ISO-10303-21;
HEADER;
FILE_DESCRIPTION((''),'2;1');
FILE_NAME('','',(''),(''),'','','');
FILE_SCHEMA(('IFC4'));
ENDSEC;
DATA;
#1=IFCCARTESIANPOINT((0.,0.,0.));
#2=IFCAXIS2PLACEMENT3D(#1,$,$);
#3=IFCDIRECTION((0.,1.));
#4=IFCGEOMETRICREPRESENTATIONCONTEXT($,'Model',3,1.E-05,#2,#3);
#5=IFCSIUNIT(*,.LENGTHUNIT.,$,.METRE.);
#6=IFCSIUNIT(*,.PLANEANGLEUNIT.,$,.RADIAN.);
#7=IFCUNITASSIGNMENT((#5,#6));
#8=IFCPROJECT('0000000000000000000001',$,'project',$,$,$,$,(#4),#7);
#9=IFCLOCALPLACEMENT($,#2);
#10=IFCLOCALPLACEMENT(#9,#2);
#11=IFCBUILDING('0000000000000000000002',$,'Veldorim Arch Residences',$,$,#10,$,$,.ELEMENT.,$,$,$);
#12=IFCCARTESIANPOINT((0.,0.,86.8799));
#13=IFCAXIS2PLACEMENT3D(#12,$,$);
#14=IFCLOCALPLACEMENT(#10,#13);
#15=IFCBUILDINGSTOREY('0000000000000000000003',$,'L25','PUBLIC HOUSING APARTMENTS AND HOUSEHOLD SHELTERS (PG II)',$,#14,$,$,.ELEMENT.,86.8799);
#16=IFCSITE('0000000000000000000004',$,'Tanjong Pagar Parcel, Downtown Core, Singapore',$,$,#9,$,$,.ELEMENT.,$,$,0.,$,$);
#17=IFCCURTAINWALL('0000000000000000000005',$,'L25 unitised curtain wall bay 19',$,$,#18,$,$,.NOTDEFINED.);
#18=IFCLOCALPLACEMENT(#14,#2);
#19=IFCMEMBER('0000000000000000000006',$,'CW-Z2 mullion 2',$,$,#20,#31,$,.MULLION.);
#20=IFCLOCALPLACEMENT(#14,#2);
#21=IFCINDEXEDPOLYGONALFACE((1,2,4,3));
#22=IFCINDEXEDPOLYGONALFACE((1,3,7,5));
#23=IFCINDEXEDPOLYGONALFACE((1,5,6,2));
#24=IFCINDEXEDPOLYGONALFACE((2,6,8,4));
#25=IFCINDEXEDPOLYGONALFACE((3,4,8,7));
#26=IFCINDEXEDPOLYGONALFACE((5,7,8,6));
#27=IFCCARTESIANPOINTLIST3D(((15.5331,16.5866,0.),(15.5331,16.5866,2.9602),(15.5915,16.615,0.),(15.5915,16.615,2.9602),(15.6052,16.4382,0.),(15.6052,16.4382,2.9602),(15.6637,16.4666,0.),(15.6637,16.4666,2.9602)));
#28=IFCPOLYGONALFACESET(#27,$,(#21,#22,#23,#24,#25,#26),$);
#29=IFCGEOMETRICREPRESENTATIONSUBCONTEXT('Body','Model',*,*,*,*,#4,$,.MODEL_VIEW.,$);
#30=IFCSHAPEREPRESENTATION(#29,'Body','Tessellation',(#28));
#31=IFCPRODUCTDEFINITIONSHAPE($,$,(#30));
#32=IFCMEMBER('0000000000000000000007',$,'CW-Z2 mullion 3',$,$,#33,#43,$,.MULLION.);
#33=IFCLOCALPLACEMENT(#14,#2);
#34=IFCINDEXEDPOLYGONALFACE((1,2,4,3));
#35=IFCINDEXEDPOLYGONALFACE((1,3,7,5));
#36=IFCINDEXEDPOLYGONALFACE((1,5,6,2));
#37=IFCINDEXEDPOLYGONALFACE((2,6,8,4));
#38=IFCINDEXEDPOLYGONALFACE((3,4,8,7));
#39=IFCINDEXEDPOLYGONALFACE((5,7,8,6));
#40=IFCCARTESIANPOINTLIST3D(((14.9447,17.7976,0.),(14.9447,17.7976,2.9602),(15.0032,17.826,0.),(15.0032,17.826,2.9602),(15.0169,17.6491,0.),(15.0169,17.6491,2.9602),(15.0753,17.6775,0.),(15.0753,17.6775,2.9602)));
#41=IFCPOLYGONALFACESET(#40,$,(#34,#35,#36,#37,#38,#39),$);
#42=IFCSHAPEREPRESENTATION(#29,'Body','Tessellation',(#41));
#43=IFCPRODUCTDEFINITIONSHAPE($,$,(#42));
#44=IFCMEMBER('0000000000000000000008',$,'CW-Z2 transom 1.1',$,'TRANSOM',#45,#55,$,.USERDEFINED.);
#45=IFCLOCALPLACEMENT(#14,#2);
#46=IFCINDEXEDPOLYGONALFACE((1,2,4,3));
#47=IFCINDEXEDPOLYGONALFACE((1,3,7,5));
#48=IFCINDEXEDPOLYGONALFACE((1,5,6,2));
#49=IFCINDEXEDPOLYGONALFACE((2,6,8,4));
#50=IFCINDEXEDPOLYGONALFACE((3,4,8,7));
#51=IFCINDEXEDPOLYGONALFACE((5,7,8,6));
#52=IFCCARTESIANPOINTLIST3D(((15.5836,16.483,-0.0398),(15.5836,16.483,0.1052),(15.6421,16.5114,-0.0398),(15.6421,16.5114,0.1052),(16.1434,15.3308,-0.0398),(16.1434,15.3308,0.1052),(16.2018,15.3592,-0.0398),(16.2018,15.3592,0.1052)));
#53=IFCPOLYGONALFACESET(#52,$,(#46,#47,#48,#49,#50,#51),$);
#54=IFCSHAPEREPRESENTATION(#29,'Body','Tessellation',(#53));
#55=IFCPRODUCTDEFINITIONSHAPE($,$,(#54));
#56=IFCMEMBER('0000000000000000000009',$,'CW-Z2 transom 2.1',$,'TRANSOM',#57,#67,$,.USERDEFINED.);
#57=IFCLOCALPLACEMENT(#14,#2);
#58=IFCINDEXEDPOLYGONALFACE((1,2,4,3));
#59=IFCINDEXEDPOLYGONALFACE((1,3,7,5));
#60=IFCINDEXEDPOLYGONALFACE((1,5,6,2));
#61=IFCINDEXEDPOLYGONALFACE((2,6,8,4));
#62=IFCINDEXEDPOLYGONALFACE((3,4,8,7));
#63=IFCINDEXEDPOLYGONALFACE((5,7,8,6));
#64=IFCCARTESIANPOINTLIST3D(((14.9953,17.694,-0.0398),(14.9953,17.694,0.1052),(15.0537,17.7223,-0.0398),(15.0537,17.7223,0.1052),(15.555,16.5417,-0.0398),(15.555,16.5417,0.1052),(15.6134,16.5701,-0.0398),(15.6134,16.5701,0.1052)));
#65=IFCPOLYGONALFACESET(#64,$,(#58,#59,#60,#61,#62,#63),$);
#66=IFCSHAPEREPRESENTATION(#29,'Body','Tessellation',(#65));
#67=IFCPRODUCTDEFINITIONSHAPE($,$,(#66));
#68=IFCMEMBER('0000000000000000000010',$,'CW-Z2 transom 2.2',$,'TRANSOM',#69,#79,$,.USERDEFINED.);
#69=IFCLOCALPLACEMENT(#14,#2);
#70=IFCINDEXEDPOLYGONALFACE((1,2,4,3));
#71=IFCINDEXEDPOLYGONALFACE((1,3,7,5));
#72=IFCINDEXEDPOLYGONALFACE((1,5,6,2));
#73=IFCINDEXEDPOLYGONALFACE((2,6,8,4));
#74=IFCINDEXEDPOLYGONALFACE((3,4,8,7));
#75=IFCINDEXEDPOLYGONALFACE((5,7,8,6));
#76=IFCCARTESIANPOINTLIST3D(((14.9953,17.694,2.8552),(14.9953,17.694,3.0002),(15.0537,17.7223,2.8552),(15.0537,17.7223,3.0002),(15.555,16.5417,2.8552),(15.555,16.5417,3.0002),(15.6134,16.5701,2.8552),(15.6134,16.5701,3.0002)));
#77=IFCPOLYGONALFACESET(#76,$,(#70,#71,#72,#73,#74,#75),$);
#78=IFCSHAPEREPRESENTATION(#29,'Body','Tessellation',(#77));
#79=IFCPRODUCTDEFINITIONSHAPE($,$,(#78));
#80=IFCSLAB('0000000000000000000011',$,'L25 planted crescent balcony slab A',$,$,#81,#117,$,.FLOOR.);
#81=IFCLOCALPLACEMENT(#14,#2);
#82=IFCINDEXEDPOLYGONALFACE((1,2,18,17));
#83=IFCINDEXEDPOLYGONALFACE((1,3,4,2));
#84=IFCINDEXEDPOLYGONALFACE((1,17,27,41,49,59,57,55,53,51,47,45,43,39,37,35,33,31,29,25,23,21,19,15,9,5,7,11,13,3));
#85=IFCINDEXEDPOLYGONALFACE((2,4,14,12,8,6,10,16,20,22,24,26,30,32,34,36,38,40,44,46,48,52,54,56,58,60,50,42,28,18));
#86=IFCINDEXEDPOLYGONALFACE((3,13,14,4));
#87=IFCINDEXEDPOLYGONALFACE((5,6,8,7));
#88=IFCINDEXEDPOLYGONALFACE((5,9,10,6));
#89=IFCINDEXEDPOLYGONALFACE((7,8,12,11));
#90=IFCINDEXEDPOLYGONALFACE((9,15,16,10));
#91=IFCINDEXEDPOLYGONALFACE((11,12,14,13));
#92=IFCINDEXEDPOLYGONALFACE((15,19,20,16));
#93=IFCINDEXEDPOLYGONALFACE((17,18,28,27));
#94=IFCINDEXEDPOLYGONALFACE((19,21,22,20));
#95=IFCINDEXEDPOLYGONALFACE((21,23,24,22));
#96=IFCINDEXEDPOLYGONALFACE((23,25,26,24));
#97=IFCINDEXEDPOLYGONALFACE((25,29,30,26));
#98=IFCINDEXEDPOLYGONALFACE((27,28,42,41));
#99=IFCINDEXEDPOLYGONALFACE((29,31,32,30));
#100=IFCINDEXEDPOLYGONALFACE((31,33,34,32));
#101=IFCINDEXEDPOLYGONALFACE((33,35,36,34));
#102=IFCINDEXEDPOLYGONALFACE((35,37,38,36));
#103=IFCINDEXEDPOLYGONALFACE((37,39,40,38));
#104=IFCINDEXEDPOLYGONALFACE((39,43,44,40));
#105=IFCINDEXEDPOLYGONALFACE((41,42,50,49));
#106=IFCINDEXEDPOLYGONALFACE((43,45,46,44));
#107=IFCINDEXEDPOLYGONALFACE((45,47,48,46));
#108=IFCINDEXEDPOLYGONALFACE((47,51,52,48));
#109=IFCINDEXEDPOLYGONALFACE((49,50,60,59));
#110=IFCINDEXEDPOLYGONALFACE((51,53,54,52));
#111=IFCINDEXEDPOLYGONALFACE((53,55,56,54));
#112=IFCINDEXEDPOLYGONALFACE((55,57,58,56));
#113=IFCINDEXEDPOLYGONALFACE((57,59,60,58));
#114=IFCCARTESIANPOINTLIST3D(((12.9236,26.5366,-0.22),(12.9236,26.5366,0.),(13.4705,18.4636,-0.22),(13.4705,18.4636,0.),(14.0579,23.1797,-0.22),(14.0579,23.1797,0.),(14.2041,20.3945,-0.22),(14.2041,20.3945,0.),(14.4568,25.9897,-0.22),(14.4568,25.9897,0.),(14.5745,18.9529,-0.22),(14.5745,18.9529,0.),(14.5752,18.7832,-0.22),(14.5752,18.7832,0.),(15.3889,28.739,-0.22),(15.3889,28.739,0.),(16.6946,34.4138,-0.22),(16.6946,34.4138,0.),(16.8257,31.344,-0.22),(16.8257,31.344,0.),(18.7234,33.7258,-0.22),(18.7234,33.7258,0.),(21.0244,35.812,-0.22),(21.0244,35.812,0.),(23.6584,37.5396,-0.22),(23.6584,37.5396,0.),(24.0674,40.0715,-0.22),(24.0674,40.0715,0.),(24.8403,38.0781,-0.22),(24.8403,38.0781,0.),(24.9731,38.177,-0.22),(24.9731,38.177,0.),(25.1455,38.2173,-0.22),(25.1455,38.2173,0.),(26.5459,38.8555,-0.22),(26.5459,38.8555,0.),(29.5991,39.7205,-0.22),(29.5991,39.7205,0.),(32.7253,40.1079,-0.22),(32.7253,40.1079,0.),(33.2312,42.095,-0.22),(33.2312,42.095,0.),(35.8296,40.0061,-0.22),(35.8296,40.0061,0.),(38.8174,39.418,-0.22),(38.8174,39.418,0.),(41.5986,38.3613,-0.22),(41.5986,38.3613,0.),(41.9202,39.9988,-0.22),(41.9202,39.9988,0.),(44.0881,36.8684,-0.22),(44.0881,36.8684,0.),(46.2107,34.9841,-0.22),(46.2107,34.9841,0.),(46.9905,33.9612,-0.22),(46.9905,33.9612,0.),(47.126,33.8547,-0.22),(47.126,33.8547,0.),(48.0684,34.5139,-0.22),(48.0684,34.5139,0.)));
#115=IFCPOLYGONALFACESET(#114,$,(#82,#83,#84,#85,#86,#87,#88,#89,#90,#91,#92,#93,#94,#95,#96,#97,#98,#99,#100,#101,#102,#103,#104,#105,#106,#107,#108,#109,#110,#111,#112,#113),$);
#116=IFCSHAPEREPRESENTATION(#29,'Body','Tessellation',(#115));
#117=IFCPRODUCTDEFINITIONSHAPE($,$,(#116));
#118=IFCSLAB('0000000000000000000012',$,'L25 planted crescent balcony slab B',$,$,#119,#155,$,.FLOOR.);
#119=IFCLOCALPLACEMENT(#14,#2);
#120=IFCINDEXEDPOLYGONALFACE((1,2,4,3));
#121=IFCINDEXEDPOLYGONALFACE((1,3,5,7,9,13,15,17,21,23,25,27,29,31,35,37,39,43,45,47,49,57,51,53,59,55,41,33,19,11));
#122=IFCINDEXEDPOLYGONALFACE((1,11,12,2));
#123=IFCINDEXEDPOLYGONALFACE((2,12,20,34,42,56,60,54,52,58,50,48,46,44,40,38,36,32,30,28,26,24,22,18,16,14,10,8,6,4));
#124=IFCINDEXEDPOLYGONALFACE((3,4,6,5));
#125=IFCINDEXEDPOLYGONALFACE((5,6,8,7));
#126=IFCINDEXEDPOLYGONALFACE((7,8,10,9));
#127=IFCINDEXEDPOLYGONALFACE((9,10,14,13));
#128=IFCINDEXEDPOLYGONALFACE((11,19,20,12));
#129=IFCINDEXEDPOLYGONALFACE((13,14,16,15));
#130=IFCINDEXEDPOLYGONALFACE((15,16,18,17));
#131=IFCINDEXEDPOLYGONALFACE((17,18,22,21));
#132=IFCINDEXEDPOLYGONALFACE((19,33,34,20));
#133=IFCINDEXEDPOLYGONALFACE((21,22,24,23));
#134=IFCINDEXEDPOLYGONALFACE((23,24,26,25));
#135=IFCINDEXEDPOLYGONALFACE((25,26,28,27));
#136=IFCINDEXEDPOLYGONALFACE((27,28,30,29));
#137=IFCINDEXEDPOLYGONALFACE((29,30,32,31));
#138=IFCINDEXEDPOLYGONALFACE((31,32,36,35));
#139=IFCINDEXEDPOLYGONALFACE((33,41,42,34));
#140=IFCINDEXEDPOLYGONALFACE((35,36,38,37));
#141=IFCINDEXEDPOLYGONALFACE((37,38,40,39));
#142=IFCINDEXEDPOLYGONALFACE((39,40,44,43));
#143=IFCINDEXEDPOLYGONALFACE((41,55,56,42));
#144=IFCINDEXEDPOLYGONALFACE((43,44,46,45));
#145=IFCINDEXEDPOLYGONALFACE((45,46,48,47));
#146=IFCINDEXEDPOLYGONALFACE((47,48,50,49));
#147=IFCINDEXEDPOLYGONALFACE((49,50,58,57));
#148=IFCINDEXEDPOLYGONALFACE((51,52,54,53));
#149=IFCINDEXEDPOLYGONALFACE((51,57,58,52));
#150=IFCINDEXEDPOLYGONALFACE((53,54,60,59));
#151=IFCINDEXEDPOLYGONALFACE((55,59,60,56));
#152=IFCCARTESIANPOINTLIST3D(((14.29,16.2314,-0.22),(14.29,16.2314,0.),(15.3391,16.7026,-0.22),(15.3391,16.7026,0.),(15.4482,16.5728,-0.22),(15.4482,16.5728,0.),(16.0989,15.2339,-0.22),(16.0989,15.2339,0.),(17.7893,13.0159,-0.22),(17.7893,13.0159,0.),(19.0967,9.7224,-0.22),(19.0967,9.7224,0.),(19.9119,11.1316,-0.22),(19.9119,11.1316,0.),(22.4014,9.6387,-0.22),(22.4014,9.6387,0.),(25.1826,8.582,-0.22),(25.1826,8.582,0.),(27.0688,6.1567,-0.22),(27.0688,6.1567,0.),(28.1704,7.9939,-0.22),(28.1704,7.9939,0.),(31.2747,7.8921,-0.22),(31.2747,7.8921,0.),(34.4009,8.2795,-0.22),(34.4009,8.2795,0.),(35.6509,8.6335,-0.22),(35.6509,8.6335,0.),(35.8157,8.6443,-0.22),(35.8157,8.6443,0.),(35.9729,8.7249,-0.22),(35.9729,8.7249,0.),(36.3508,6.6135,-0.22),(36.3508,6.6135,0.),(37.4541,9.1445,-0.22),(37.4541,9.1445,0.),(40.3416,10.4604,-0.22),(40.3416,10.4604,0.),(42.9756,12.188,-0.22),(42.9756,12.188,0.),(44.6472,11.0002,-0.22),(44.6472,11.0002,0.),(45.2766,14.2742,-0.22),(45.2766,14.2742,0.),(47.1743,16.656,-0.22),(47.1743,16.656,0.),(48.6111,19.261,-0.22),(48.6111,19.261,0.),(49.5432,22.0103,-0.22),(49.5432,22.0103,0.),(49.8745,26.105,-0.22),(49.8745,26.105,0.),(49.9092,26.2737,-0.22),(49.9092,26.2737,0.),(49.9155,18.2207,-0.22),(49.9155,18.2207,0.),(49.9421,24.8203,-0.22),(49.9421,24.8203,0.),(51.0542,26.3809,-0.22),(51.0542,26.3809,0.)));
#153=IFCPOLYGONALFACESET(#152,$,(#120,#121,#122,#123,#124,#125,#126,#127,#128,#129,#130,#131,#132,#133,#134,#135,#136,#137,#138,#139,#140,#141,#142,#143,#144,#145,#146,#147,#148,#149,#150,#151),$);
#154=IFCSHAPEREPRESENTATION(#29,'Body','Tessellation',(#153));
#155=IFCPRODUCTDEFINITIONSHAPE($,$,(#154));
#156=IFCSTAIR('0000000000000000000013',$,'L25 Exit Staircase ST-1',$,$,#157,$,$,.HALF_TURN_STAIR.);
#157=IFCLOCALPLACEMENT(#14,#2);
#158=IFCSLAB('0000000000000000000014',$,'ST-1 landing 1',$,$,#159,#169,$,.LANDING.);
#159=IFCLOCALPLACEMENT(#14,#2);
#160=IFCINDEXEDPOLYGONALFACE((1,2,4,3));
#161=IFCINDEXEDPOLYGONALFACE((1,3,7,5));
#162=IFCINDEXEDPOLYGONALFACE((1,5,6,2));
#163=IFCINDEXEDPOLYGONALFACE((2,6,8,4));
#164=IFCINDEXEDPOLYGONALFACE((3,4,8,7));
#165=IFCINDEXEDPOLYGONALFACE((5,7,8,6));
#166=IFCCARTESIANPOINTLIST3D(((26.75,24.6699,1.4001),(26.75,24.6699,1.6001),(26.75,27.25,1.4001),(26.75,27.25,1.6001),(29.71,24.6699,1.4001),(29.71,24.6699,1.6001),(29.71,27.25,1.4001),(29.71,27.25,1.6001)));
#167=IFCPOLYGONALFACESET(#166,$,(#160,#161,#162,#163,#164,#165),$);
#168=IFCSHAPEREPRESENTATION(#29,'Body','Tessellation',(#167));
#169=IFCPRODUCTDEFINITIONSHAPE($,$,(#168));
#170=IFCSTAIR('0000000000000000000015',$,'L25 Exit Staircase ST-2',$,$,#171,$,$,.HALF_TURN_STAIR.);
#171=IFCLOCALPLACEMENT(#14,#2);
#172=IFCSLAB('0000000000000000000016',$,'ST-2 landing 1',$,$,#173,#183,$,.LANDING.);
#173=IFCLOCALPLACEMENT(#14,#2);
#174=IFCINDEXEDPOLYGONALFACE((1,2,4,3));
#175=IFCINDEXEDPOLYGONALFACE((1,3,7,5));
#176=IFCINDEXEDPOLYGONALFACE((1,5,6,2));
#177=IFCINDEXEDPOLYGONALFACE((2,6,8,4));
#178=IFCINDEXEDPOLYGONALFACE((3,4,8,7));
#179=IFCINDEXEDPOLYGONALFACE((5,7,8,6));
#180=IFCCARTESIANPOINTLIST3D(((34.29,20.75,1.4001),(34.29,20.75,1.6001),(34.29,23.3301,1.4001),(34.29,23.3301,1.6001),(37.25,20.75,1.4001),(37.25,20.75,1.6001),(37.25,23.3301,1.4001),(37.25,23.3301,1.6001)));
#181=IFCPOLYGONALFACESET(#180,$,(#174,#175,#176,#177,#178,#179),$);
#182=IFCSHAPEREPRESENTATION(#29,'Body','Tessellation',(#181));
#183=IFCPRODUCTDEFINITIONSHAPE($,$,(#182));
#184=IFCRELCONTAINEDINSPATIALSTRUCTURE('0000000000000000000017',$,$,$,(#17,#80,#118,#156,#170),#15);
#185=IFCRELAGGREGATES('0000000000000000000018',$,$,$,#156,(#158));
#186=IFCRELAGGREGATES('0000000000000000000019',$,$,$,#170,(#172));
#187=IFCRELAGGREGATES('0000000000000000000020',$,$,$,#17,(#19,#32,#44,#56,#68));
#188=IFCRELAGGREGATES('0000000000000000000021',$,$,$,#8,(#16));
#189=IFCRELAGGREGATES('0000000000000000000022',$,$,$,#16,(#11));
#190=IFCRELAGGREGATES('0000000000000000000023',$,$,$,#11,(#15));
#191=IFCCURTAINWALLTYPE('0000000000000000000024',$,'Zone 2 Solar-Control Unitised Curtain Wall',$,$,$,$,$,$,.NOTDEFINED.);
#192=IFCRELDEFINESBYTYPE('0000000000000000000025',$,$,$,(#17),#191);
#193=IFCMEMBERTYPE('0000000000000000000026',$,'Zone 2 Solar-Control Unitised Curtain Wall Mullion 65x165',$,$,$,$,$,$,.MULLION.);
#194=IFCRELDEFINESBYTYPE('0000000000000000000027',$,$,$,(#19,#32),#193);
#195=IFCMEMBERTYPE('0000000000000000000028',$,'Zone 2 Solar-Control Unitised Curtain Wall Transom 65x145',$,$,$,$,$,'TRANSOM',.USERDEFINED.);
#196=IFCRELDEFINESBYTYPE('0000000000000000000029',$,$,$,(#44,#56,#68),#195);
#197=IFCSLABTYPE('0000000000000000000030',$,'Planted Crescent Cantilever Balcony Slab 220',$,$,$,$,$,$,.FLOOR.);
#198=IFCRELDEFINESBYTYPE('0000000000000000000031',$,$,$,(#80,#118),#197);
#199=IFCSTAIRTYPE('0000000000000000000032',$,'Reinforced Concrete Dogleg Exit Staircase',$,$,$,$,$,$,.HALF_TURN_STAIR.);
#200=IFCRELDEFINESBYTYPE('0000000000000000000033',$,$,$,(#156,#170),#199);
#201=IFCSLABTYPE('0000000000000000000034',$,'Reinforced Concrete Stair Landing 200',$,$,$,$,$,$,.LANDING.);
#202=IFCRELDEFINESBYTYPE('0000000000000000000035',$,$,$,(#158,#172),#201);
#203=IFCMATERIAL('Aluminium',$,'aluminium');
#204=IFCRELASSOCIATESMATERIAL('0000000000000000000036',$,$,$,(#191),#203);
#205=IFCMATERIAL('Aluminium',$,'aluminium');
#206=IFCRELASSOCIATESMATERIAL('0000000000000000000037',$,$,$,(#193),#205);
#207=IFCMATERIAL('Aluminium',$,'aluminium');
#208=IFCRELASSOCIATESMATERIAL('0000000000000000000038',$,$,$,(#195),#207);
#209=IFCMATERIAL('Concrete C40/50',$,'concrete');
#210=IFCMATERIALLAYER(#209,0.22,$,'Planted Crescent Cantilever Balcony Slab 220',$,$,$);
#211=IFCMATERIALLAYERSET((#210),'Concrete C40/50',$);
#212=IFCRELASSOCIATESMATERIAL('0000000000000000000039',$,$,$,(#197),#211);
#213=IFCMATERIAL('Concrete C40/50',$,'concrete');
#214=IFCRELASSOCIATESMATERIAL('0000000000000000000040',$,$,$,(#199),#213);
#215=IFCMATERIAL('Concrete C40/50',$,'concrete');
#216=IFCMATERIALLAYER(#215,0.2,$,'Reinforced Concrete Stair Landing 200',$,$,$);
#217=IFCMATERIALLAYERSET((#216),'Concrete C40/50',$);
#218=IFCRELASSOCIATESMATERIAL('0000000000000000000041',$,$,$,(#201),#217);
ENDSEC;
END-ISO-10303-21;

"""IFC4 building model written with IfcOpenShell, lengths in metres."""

from ifc_helpers import new_model, si_unit, direction, frame, origin, origin_2d, place, context, subcontext, project, spatial, polyline, rectangle, outline, extrude, material, layer, layer_set, material_profile, profile_set, type_object, element, aggregate, save


model = new_model("IFC4")

# Units and contexts
model_context = context("Model", 3, precision=1e-05, world=origin(), true_north=direction((0.0, 1.0)))
body_context = subcontext(model_context, "Body", "Model", "MODEL_VIEW")
ifc_project = project(units=[si_unit("LENGTHUNIT", "METRE"), si_unit("PLANEANGLEUNIT", "RADIAN")], contexts=[model_context])

# Site, building, storey
site_placement = place(None, origin())
site = spatial("IfcSite", under=ifc_project, at=site_placement, Name="Tanjong Pagar Parcel, Downtown Core, Singapore", CompositionType="ELEMENT", RefElevation=0.0)
building_placement = place(site_placement, origin())
building = spatial("IfcBuilding", under=site, at=building_placement, Name="Veldorim Arch Residences", CompositionType="ELEMENT")
storey_placement = place(building_placement, frame((0.0, 0.0, 86.8799)))
storey = spatial("IfcBuildingStorey", under=building, at=storey_placement, Name="L25", Description="PUBLIC HOUSING APARTMENTS AND HOUSEHOLD SHELTERS (PG II)", CompositionType="ELEMENT", Elevation=86.8799)

# Curtain wall, members
ifc_material_1 = material(Name="Aluminium", Category="aluminium")
curtain_wall_type = type_object("IfcCurtainWallType", Name="Zone 2 Solar-Control Unitised Curtain Wall", PredefinedType="NOTDEFINED", material=ifc_material_1)
curtain_wall_placement = place(storey_placement, origin())
curtain_wall = element("IfcCurtainWall", 1, at=curtain_wall_placement, inside=storey, type_object=curtain_wall_type, Name="L25 unitised curtain wall bay 19", PredefinedType="NOTDEFINED")
ifc_material_2 = material(Name="Aluminium", Category="aluminium")
ifc_material_profile_1 = material_profile(ifc_material_2, rectangle(XDim=0.0649, YDim=0.165, at=origin_2d()), Name="ALU_MUL_65x165")
ifc_profile_set_1 = profile_set([ifc_material_profile_1], Name="Aluminium")
member_type_1 = type_object("IfcMemberType", Name="Zone 2 Solar-Control Unitised Curtain Wall Mullion 65x165", PredefinedType="MULLION", material=ifc_profile_set_1)
member_1_placement = place(storey_placement, frame((15.5984, 16.5266, 0.0), z_axis=(0.0, 0.0, 1.0), x_axis=(-0.899439, -0.437046, 0.0)))
member_1 = element("IfcMember", 2, at=member_1_placement, type_object=member_type_1, Name="CW-Z2 mullion 2", PredefinedType="MULLION", context=body_context, shape_type="SweptSolid", body=[
    extrude(rectangle(XDim=0.0649, YDim=0.165, at=origin_2d()), origin(), (0.0, 0.0, 1.0), 2.9602),
])
member_2_placement = place(storey_placement, frame((15.01, 17.7375, 0.0), z_axis=(0.0, 0.0, 1.0), x_axis=(-0.899439, -0.437046, 0.0)))
member_2 = element("IfcMember", 3, at=member_2_placement, type_object=member_type_1, Name="CW-Z2 mullion 3", PredefinedType="MULLION", context=body_context, shape_type="SweptSolid", body=[
    extrude(rectangle(XDim=0.0649, YDim=0.165, at=origin_2d()), origin(), (0.0, 0.0, 1.0), 2.9602),
])
ifc_material_3 = material(Name="Aluminium", Category="aluminium")
ifc_material_profile_2 = material_profile(ifc_material_3, rectangle(XDim=0.0649, YDim=0.145, at=origin_2d()), Name="ALU_TRN_65x145")
ifc_profile_set_2 = profile_set([ifc_material_profile_2], Name="Aluminium")
member_type_2 = type_object("IfcMemberType", Name="Zone 2 Solar-Control Unitised Curtain Wall Transom 65x145", ElementType="TRANSOM", PredefinedType="USERDEFINED", material=ifc_profile_set_2)
member_3_placement = place(storey_placement, frame((16.1726, 15.345, 0.0327), z_axis=(-0.43697, 0.899476, 0.0), x_axis=(-0.899476, -0.43697, 0.0)))
member_3 = element("IfcMember", 4, at=member_3_placement, type_object=member_type_2, Name="CW-Z2 transom 1.1", ObjectType="TRANSOM", PredefinedType="USERDEFINED", context=body_context, shape_type="SweptSolid", body=[
    extrude(rectangle(XDim=0.0649, YDim=0.145, at=origin_2d()), origin(), (0.0, 0.0, 1.0), 1.281),
])
member_4_placement = place(storey_placement, frame((15.5842, 16.5559, 0.0327), z_axis=(-0.43697, 0.899476, 0.0), x_axis=(-0.899476, -0.43697, 0.0)))
member_4 = element("IfcMember", 5, at=member_4_placement, type_object=member_type_2, Name="CW-Z2 transom 2.1", ObjectType="TRANSOM", PredefinedType="USERDEFINED", context=body_context, shape_type="SweptSolid", body=[
    extrude(rectangle(XDim=0.0649, YDim=0.145, at=origin_2d()), origin(), (0.0, 0.0, 1.0), 1.281),
])
member_5_placement = place(storey_placement, frame((15.5842, 16.5559, 2.9277), z_axis=(-0.43697, 0.899476, 0.0), x_axis=(-0.899476, -0.43697, 0.0)))
member_5 = element("IfcMember", 6, at=member_5_placement, type_object=member_type_2, Name="CW-Z2 transom 2.2", ObjectType="TRANSOM", PredefinedType="USERDEFINED", context=body_context, shape_type="SweptSolid", body=[
    extrude(rectangle(XDim=0.0649, YDim=0.145, at=origin_2d()), origin(), (0.0, 0.0, 1.0), 1.281),
])

# Slabs
ifc_material_4 = material(Name="Concrete C40/50", Category="concrete")
ifc_layer_1 = layer(ifc_material_4, 0.22, Name="Planted Crescent Cantilever Balcony Slab 220")
ifc_layer_set_1 = layer_set([ifc_layer_1], Name="Concrete C40/50")
slab_type_1 = type_object("IfcSlabType", Name="Planted Crescent Cantilever Balcony Slab 220", PredefinedType="FLOOR", material=ifc_layer_set_1)
slab_1_placement = place(storey_placement, frame((0.0, 0.0, -0.22)))
element("IfcSlab", 7, at=slab_1_placement, inside=storey, type_object=slab_type_1, Name="L25 planted crescent balcony slab A", PredefinedType="FLOOR", context=body_context, shape_type="SweptSolid", body=[
    extrude(outline(polyline([(46.9905, 33.9612), (46.2107, 34.9841), (44.0881, 36.8684), (41.5986, 38.3613), (38.8174, 39.418), (35.8296, 40.0061), (32.7253, 40.1079), (29.5991, 39.7205), (26.5459, 38.8555), (25.1455, 38.2173), (24.9731, 38.177), (24.8403, 38.0781), (23.6584, 37.5396), (21.0244, 35.812), (18.7234, 33.7258), (16.8257, 31.344), (15.3889, 28.739), (14.4568, 25.9897), (14.0579, 23.1797), (14.2041, 20.3945), (14.5745, 18.9529), (14.5752, 18.7832), (13.4705, 18.4636), (12.9236, 26.5366), (16.6946, 34.4138), (24.0674, 40.0715), (33.2312, 42.095), (41.9202, 39.9988), (48.0684, 34.5139), (47.126, 33.8547), (46.9905, 33.9612)])), origin(), (0.0, 0.0, 1.0), 0.22),
])
slab_2_placement = place(storey_placement, frame((0.0, 0.0, -0.22)))
element("IfcSlab", 8, at=slab_2_placement, inside=storey, type_object=slab_type_1, Name="L25 planted crescent balcony slab B", PredefinedType="FLOOR", context=body_context, shape_type="SweptSolid", body=[
    extrude(outline(polyline([(15.4482, 16.5728), (16.0989, 15.2339), (17.7893, 13.0159), (19.9119, 11.1316), (22.4014, 9.6387), (25.1826, 8.582), (28.1704, 7.9939), (31.2747, 7.8921), (34.4009, 8.2795), (35.6509, 8.6335), (35.8157, 8.6443), (35.9729, 8.7249), (37.4541, 9.1445), (40.3416, 10.4604), (42.9756, 12.188), (45.2766, 14.2742), (47.1743, 16.656), (48.6111, 19.261), (49.5432, 22.0103), (49.9421, 24.8203), (49.8745, 26.105), (49.9092, 26.2737), (51.0542, 26.3809), (49.9155, 18.2207), (44.6472, 11.0002), (36.3508, 6.6135), (27.0688, 6.1567), (19.0967, 9.7224), (14.29, 16.2314), (15.3391, 16.7026), (15.4482, 16.5728)])), origin(), (0.0, 0.0, 1.0), 0.22),
])

# Stairs, slabs
ifc_material_5 = material(Name="Concrete C40/50", Category="concrete")
stair_type = type_object("IfcStairType", Name="Reinforced Concrete Dogleg Exit Staircase", PredefinedType="HALF_TURN_STAIR", material=ifc_material_5)
stair_1_placement = place(storey_placement, origin())
stair_1 = element("IfcStair", 9, at=stair_1_placement, inside=storey, type_object=stair_type, Name="L25 Exit Staircase ST-1", PredefinedType="HALF_TURN_STAIR")
ifc_material_6 = material(Name="Concrete C40/50", Category="concrete")
ifc_layer_2 = layer(ifc_material_6, 0.2, Name="Reinforced Concrete Stair Landing 200")
ifc_layer_set_2 = layer_set([ifc_layer_2], Name="Concrete C40/50")
slab_type_2 = type_object("IfcSlabType", Name="Reinforced Concrete Stair Landing 200", PredefinedType="LANDING", material=ifc_layer_set_2)
slab_3_placement = place(storey_placement, frame((0.0, 0.0, 1.4001)))
slab_3 = element("IfcSlab", 10, at=slab_3_placement, type_object=slab_type_2, Name="ST-1 landing 1", PredefinedType="LANDING", context=body_context, shape_type="SweptSolid", body=[
    extrude(outline(polyline([(29.71, 24.6699), (29.71, 27.25), (26.75, 27.25), (26.75, 24.6699), (29.71, 24.6699)])), origin(), (0.0, 0.0, 1.0), 0.2),
])
aggregate(stair_1, [slab_3])
stair_2_placement = place(storey_placement, origin())
stair_2 = element("IfcStair", 11, at=stair_2_placement, inside=storey, type_object=stair_type, Name="L25 Exit Staircase ST-2", PredefinedType="HALF_TURN_STAIR")
slab_4_placement = place(storey_placement, frame((0.0, 0.0, 1.4001)))
slab_4 = element("IfcSlab", 12, at=slab_4_placement, type_object=slab_type_2, Name="ST-2 landing 1", PredefinedType="LANDING", context=body_context, shape_type="SweptSolid", body=[
    extrude(outline(polyline([(34.29, 23.3301), (34.29, 20.75), (37.25, 20.75), (37.25, 23.3301), (34.29, 23.3301)])), origin(), (0.0, 0.0, 1.0), 0.2),
])
aggregate(stair_2, [slab_4])

aggregate(curtain_wall, [member_1, member_2, member_3, member_4, member_5])

save(model, "model.ifc")
